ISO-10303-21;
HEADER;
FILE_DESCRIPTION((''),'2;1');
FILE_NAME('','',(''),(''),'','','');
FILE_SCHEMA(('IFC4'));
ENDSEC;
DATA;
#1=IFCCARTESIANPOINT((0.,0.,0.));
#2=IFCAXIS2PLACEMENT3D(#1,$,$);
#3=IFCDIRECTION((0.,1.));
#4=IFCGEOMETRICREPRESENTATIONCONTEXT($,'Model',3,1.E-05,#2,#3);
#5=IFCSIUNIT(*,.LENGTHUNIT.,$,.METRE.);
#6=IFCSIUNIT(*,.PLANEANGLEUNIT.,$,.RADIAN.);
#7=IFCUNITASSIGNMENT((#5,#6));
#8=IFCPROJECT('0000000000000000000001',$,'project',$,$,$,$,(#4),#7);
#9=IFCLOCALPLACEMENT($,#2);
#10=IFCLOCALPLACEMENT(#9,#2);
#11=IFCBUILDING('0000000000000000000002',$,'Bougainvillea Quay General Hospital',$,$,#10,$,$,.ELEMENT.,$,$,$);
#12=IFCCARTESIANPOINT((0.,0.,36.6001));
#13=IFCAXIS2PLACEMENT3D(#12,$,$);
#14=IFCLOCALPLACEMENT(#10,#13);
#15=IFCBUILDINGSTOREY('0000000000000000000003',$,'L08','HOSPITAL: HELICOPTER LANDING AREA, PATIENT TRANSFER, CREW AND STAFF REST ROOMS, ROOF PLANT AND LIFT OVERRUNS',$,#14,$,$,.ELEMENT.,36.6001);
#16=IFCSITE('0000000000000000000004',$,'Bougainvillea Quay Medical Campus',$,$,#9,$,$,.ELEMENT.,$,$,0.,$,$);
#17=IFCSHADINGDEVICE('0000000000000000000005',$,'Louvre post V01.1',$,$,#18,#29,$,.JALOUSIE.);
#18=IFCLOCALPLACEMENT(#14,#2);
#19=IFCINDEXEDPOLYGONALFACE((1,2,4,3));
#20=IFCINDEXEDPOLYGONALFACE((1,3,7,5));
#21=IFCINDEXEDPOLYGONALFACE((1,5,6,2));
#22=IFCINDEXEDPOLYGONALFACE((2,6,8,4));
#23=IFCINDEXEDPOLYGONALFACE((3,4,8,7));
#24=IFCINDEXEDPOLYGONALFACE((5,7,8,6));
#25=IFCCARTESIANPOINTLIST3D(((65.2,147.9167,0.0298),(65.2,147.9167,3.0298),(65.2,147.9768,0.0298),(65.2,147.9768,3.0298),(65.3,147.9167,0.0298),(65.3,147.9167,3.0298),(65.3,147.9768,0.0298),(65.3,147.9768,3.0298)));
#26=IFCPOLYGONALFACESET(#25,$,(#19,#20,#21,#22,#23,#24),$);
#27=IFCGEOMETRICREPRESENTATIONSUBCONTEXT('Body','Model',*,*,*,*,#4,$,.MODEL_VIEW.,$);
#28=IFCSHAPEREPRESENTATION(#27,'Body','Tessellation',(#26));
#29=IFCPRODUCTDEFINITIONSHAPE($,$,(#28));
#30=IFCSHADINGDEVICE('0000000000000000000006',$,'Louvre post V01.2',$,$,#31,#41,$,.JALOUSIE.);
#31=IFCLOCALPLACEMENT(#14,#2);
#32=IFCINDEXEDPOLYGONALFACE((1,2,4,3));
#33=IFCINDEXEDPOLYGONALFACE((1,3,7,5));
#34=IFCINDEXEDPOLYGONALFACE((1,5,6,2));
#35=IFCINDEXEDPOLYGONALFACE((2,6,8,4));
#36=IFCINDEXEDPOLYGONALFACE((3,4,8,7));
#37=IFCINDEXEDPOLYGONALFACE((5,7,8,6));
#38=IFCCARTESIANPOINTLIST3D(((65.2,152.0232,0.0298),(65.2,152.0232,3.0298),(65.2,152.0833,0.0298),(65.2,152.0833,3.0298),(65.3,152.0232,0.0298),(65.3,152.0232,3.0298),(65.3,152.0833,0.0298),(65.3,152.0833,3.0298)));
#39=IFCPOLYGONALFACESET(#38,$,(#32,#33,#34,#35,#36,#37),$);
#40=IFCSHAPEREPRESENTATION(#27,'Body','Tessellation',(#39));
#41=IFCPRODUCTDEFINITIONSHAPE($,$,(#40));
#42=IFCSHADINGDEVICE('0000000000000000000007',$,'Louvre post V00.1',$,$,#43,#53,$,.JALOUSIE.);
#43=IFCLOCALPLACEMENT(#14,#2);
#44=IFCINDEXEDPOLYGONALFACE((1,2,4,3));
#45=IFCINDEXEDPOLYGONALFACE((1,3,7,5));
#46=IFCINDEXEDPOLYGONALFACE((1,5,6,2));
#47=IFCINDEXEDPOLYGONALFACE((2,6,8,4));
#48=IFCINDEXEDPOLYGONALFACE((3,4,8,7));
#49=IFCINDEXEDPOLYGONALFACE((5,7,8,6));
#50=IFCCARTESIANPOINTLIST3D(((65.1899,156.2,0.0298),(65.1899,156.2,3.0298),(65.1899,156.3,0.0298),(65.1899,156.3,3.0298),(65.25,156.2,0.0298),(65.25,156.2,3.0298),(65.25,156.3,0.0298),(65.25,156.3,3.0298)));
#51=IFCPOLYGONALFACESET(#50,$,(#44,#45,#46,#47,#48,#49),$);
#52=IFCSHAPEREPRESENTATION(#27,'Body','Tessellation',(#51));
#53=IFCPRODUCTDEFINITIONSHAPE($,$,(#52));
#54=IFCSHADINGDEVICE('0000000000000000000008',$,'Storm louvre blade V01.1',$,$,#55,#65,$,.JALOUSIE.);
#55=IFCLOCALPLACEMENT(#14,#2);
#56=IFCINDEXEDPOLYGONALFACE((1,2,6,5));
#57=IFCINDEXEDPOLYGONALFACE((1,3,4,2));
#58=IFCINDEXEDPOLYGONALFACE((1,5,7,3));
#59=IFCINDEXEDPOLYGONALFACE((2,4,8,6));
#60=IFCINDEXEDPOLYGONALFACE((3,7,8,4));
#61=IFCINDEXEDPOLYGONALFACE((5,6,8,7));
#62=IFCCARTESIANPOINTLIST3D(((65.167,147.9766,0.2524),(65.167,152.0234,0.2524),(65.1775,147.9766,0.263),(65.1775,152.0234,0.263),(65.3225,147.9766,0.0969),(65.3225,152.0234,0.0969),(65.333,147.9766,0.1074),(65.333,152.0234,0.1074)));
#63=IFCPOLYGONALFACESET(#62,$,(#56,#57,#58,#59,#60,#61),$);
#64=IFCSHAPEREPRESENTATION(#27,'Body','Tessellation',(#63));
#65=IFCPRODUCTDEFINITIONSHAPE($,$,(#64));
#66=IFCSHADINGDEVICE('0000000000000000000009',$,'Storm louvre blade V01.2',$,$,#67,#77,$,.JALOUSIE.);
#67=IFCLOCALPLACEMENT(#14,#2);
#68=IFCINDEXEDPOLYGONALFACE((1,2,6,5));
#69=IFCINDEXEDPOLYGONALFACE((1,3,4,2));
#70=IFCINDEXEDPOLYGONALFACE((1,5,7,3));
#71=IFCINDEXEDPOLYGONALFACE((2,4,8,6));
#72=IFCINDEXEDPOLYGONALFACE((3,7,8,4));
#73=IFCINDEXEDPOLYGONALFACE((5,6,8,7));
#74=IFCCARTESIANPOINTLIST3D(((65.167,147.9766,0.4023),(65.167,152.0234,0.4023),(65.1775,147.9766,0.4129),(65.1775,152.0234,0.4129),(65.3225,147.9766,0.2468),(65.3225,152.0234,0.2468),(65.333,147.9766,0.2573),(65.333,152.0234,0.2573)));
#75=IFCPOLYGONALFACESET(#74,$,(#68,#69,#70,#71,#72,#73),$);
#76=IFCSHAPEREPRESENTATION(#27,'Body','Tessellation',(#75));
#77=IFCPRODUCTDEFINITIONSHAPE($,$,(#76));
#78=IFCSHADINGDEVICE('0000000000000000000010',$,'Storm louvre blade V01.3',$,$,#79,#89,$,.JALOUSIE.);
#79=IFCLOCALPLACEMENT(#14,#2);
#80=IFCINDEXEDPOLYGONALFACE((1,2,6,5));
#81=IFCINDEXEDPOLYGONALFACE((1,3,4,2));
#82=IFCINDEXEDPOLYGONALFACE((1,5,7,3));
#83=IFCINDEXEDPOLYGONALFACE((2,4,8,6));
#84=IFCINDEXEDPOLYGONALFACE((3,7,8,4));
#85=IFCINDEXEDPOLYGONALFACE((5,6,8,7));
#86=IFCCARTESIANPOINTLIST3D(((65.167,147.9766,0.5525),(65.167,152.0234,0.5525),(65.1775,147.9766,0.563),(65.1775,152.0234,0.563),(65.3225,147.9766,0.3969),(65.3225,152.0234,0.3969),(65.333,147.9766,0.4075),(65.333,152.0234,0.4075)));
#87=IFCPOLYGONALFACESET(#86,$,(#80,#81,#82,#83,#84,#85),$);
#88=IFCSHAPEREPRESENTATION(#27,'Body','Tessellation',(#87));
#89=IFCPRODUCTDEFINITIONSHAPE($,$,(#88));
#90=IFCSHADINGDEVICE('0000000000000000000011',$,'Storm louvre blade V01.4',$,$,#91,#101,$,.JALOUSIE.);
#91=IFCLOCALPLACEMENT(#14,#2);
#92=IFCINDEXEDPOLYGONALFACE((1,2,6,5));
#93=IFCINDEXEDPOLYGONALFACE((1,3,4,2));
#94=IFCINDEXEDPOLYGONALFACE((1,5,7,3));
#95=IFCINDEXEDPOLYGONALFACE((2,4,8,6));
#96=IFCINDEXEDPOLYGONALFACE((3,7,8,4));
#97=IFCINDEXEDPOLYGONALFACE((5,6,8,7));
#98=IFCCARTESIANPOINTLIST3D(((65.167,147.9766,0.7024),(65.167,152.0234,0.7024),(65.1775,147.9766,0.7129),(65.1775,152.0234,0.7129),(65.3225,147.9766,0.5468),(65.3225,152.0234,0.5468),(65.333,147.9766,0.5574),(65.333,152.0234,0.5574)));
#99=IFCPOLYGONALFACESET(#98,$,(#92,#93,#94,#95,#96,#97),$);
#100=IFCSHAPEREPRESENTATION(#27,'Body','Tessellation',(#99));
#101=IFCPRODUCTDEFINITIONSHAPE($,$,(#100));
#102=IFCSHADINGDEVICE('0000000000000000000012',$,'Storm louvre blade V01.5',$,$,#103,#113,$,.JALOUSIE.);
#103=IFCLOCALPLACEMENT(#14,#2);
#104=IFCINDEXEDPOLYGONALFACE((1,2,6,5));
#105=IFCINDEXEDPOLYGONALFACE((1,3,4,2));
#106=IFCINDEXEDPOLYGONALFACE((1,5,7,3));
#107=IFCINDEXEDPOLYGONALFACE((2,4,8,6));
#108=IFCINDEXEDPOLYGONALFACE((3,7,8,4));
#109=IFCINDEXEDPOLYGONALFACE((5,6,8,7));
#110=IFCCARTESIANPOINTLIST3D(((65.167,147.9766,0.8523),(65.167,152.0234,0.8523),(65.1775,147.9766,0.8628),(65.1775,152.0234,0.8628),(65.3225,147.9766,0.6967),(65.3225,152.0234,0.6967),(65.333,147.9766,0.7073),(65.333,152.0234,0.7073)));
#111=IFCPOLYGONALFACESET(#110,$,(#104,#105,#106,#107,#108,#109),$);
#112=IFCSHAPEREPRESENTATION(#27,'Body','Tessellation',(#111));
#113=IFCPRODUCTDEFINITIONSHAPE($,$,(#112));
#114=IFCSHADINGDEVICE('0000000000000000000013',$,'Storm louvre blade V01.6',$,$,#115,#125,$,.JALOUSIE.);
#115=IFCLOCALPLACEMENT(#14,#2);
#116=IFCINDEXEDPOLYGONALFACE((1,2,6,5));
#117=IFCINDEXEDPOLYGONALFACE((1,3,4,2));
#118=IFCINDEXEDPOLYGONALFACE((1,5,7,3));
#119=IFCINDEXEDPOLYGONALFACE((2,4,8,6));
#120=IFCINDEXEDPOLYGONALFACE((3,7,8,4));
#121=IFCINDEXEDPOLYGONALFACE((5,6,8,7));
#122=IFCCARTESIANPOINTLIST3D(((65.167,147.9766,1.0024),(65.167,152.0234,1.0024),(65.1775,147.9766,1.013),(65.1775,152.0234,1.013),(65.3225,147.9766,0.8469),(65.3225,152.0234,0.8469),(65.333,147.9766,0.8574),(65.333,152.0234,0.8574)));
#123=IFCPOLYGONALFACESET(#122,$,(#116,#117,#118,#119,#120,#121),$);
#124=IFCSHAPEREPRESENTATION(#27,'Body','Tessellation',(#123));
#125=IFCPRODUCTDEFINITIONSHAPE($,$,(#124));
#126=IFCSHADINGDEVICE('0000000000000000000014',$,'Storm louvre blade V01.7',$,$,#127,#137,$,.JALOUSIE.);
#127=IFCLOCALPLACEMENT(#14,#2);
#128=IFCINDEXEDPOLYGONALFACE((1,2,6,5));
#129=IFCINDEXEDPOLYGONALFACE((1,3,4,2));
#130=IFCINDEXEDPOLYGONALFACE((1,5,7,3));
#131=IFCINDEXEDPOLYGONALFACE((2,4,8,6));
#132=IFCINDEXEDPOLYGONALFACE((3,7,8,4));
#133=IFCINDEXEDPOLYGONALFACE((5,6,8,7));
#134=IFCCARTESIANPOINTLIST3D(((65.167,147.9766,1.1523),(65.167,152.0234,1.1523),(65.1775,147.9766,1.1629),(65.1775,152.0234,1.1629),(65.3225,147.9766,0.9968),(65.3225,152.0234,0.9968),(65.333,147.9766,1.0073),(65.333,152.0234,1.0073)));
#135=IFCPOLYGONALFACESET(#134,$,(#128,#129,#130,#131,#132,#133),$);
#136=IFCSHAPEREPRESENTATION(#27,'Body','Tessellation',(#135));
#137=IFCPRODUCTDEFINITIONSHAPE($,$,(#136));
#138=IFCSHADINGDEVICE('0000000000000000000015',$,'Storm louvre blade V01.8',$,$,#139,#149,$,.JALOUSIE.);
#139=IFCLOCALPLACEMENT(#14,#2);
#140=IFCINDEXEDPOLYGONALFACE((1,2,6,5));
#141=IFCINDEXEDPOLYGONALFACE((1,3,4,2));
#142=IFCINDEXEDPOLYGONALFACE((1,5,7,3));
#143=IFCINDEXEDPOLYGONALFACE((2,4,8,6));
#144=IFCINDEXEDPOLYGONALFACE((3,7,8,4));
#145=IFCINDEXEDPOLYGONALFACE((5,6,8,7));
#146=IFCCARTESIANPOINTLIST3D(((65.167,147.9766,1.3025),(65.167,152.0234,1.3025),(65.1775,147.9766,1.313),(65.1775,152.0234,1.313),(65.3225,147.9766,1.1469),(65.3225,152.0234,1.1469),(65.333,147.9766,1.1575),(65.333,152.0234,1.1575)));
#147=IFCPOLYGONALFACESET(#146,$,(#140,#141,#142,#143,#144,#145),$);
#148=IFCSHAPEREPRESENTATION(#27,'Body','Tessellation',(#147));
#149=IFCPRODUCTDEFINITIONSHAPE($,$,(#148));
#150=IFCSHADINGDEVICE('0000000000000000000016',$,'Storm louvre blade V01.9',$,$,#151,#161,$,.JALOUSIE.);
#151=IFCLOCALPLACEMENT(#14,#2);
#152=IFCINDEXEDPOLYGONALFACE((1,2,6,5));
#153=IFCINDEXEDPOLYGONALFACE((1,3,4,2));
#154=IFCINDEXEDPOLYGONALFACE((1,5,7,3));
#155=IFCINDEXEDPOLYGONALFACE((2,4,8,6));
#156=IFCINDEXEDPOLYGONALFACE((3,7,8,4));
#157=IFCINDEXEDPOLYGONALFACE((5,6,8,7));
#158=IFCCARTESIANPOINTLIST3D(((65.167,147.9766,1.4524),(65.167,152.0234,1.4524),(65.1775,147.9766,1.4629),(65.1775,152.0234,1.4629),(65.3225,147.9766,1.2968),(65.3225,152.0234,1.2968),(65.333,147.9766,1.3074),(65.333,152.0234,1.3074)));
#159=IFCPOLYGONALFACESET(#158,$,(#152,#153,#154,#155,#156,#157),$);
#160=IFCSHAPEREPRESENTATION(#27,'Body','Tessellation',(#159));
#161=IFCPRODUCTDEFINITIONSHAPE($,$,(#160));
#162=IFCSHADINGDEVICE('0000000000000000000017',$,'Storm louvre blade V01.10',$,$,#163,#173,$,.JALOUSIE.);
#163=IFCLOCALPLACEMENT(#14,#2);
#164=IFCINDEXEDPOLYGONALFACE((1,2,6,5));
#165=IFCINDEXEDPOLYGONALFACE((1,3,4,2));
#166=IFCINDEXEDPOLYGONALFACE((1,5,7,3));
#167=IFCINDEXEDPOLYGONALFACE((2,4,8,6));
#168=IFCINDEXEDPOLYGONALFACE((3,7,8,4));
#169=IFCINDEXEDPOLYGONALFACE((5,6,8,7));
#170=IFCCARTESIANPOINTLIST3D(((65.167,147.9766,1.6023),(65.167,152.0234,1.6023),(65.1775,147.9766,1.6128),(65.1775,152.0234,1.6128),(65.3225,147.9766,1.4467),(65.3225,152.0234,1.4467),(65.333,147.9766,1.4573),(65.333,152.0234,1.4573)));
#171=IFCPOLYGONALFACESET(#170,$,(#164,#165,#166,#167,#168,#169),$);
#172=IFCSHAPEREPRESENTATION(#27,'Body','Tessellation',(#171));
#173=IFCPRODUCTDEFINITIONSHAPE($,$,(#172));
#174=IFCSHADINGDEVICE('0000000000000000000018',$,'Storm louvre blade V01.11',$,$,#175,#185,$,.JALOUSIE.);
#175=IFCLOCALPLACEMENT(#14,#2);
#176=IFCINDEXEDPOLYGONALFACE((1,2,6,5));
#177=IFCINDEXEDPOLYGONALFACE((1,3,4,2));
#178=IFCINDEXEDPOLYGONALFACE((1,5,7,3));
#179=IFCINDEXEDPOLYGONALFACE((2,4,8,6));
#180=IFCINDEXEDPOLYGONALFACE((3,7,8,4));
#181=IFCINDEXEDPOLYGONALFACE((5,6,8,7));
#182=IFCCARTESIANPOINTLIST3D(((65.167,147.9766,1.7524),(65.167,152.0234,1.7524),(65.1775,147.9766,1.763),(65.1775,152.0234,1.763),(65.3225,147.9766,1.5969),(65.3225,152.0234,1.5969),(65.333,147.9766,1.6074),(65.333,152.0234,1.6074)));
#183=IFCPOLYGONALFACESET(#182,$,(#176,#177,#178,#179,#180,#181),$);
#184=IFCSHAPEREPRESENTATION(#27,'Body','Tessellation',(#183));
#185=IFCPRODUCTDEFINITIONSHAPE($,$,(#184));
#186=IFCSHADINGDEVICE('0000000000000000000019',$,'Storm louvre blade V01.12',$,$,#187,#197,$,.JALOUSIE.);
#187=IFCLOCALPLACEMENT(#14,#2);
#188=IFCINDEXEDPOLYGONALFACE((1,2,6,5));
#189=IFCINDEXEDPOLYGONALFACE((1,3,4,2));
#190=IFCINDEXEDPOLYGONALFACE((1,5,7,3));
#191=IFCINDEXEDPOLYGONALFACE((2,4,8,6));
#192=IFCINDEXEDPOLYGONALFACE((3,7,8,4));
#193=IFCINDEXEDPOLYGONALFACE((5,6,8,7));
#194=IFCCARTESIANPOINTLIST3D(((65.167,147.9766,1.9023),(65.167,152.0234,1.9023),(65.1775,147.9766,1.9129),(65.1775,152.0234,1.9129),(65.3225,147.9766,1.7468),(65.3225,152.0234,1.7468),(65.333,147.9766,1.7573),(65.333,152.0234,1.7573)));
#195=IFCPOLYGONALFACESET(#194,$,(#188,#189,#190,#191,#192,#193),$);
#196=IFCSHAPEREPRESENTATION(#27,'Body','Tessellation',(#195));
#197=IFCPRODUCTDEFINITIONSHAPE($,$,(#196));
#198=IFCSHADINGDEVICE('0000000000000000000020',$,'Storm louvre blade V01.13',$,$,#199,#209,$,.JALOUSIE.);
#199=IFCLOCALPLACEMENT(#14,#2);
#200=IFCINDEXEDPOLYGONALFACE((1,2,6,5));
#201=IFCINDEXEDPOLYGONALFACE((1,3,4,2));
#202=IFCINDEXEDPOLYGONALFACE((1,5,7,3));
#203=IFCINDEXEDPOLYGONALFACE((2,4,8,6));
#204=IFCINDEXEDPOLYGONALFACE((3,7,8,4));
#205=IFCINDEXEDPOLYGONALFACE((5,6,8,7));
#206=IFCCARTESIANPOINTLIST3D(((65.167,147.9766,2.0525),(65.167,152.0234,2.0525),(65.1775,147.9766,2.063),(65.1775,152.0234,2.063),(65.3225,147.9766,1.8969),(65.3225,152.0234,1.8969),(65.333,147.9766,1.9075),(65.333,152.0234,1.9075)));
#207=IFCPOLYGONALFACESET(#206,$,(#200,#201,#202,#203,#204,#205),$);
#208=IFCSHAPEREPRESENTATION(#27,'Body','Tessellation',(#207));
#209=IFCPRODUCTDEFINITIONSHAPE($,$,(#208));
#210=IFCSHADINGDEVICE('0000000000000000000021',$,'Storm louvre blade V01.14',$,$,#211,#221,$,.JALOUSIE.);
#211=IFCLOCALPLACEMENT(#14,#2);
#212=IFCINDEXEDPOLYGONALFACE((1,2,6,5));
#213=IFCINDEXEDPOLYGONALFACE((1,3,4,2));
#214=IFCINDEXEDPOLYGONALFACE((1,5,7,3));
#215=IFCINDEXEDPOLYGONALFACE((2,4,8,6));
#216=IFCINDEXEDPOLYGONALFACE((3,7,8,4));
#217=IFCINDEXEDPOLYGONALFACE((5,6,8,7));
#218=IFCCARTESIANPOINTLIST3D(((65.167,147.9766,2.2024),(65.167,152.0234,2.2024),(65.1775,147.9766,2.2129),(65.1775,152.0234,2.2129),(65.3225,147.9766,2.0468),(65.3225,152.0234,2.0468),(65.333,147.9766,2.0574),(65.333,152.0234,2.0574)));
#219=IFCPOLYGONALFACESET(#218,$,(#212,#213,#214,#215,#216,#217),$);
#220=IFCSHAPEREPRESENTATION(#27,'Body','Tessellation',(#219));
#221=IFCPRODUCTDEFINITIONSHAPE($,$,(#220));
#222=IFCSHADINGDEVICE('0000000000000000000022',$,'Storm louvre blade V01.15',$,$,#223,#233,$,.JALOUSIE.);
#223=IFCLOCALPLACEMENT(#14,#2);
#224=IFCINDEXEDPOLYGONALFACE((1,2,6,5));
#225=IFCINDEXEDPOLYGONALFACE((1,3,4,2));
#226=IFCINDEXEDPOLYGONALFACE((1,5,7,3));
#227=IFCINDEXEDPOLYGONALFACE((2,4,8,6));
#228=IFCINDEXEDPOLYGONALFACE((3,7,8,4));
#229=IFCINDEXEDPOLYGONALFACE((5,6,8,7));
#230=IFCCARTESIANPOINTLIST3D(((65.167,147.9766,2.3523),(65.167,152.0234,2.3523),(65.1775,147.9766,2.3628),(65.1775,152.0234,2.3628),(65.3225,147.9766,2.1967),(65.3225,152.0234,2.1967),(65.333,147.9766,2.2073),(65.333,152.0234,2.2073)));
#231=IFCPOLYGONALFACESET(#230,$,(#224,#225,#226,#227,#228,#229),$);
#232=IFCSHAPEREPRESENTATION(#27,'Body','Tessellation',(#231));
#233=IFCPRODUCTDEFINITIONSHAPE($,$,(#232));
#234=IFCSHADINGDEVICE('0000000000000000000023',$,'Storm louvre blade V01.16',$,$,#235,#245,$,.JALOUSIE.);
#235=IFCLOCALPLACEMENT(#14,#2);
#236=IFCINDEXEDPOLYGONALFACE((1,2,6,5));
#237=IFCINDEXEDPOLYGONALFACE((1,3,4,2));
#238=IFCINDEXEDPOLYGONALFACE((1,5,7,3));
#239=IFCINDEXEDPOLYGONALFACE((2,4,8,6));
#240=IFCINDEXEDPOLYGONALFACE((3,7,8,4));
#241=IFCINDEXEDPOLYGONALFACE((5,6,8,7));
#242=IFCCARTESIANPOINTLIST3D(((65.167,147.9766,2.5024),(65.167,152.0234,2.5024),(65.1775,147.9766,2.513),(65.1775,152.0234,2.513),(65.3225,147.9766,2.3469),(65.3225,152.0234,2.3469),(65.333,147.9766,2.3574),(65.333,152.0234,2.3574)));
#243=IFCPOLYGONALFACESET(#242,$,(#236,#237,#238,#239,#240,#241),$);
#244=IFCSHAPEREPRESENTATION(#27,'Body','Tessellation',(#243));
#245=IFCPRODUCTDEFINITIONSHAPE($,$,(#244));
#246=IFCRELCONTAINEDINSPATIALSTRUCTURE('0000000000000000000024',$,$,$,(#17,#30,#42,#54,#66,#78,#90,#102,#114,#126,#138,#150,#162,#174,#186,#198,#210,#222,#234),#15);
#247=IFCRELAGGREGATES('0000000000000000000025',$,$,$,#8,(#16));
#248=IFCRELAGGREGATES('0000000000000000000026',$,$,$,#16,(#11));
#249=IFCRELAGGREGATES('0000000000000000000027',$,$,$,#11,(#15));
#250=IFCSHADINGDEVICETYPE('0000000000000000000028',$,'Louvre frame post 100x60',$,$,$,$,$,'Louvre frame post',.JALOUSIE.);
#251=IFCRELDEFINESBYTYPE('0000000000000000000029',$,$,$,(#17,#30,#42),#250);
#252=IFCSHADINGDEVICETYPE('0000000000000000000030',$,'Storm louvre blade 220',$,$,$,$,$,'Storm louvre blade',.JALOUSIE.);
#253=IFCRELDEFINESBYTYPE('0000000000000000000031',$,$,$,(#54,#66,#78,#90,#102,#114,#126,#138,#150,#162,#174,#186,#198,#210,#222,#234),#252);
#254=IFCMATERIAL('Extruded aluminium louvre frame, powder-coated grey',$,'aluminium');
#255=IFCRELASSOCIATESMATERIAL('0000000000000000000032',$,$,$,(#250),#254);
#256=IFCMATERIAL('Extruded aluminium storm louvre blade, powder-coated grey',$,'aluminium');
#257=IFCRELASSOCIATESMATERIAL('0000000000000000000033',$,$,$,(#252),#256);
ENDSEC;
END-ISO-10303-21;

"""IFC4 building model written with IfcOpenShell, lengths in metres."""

from ifc_helpers import new_model, si_unit, direction, frame, origin, origin_2d, place, context, subcontext, project, spatial, rectangle, extrude, material, material_profile, profile_set, type_object, element, save


model = new_model("IFC4")

# Units and contexts
model_context = context("Model", 3, precision=1e-05, world=origin(), true_north=direction((0.0, 1.0)))
body_context = subcontext(model_context, "Body", "Model", "MODEL_VIEW")
ifc_project = project(units=[si_unit("LENGTHUNIT", "METRE"), si_unit("PLANEANGLEUNIT", "RADIAN")], contexts=[model_context])

# Site, building, storey
site_placement = place(None, origin())
site = spatial("IfcSite", under=ifc_project, at=site_placement, Name="Bougainvillea Quay Medical Campus", CompositionType="ELEMENT", RefElevation=0.0)
building_placement = place(site_placement, origin())
building = spatial("IfcBuilding", under=site, at=building_placement, Name="Bougainvillea Quay General Hospital", CompositionType="ELEMENT")
storey_placement = place(building_placement, frame((0.0, 0.0, 36.6001)))
storey = spatial("IfcBuildingStorey", under=building, at=storey_placement, Name="L08", Description="HOSPITAL: HELICOPTER LANDING AREA, PATIENT TRANSFER, CREW AND STAFF REST ROOMS, ROOF PLANT AND LIFT OVERRUNS", CompositionType="ELEMENT", Elevation=36.6001)

# Shading devices
ifc_material_1 = material(Name="Extruded aluminium louvre frame, powder-coated grey", Category="aluminium")
ifc_material_profile_1 = material_profile(ifc_material_1, rectangle(XDim=0.1001, YDim=0.0601, at=origin_2d()))
ifc_profile_set_1 = profile_set([ifc_material_profile_1], Name="Extruded aluminium louvre frame, powder-coated grey")
shading_device_type_1 = type_object("IfcShadingDeviceType", Name="Louvre frame post 100x60", ElementType="Louvre frame post", PredefinedType="JALOUSIE", material=ifc_profile_set_1)
for number, where, z_axis, x_axis, name in (
    (1, (65.25, 147.9468, 0.0298), (0.0, 0.0, 1.0), (-1.0, 0.0, 0.0), "Louvre post V01.1"),
    (2, (65.25, 152.0532, 0.0298), (0.0, 0.0, 1.0), (-1.0, 0.0, 0.0), "Louvre post V01.2"),
    (3, (65.22, 156.25, 0.0298), (0.0, 0.0, 1.0), (0.0, -1.0, 0.0), "Louvre post V00.1"),
):
    element("IfcShadingDevice", number, at=place(storey_placement, frame(where, z_axis=z_axis, x_axis=x_axis)), inside=storey, type_object=shading_device_type_1, Name=name, PredefinedType="JALOUSIE", context=body_context, shape_type="SweptSolid", body=[
        extrude(rectangle(XDim=0.1001, YDim=0.0601, at=origin_2d()), origin(), (0.0, 0.0, 1.0), 3.0),
    ])
ifc_material_2 = material(Name="Extruded aluminium storm louvre blade, powder-coated grey", Category="aluminium")
ifc_material_profile_2 = material_profile(ifc_material_2, rectangle(XDim=0.22, YDim=0.0149, at=origin_2d()))
ifc_profile_set_2 = profile_set([ifc_material_profile_2], Name="Extruded aluminium storm louvre blade, powder-coated grey")
shading_device_type_2 = type_object("IfcShadingDeviceType", Name="Storm louvre blade 220", ElementType="Storm louvre blade", PredefinedType="JALOUSIE", material=ifc_profile_set_2)
for number, where, z_axis, x_axis, name in (
    (4, (65.25, 147.9766, 0.1799), (0.0, 1.0, 0.0), (-0.707107, 0.0, 0.707107), "Storm louvre blade V01.1"),
    (5, (65.25, 147.9766, 0.3298), (0.0, 1.0, 0.0), (-0.707107, 0.0, 0.707107), "Storm louvre blade V01.2"),
    (6, (65.25, 147.9766, 0.48), (0.0, 1.0, 0.0), (-0.707107, 0.0, 0.707107), "Storm louvre blade V01.3"),
    (7, (65.25, 147.9766, 0.6299), (0.0, 1.0, 0.0), (-0.707107, 0.0, 0.707107), "Storm louvre blade V01.4"),
    (8, (65.25, 147.9766, 0.7798), (0.0, 1.0, 0.0), (-0.707107, 0.0, 0.707107), "Storm louvre blade V01.5"),
    (9, (65.25, 147.9766, 0.9299), (0.0, 1.0, 0.0), (-0.707107, 0.0, 0.707107), "Storm louvre blade V01.6"),
    (10, (65.25, 147.9766, 1.0798), (0.0, 1.0, 0.0), (-0.707107, 0.0, 0.707107), "Storm louvre blade V01.7"),
    (11, (65.25, 147.9766, 1.23), (0.0, 1.0, 0.0), (-0.707107, 0.0, 0.707107), "Storm louvre blade V01.8"),
    (12, (65.25, 147.9766, 1.3799), (0.0, 1.0, 0.0), (-0.707107, 0.0, 0.707107), "Storm louvre blade V01.9"),
    (13, (65.25, 147.9766, 1.5298), (0.0, 1.0, 0.0), (-0.707107, 0.0, 0.707107), "Storm louvre blade V01.10"),
    (14, (65.25, 147.9766, 1.6799), (0.0, 1.0, 0.0), (-0.707107, 0.0, 0.707107), "Storm louvre blade V01.11"),
    (15, (65.25, 147.9766, 1.8298), (0.0, 1.0, 0.0), (-0.707107, 0.0, 0.707107), "Storm louvre blade V01.12"),
    (16, (65.25, 147.9766, 1.98), (0.0, 1.0, 0.0), (-0.707107, 0.0, 0.707107), "Storm louvre blade V01.13"),
    (17, (65.25, 147.9766, 2.1299), (0.0, 1.0, 0.0), (-0.707107, 0.0, 0.707107), "Storm louvre blade V01.14"),
    (18, (65.25, 147.9766, 2.2798), (0.0, 1.0, 0.0), (-0.707107, 0.0, 0.707107), "Storm louvre blade V01.15"),
    (19, (65.25, 147.9766, 2.4299), (0.0, 1.0, 0.0), (-0.707107, 0.0, 0.707107), "Storm louvre blade V01.16"),
):
    element("IfcShadingDevice", number, at=place(storey_placement, frame(where, z_axis=z_axis, x_axis=x_axis)), inside=storey, type_object=shading_device_type_2, Name=name, PredefinedType="JALOUSIE", context=body_context, shape_type="SweptSolid", body=[
        extrude(rectangle(XDim=0.22, YDim=0.0149, at=origin_2d()), origin(), (0.0, 0.0, 1.0), 4.0469),
    ])

save(model, "model.ifc")
